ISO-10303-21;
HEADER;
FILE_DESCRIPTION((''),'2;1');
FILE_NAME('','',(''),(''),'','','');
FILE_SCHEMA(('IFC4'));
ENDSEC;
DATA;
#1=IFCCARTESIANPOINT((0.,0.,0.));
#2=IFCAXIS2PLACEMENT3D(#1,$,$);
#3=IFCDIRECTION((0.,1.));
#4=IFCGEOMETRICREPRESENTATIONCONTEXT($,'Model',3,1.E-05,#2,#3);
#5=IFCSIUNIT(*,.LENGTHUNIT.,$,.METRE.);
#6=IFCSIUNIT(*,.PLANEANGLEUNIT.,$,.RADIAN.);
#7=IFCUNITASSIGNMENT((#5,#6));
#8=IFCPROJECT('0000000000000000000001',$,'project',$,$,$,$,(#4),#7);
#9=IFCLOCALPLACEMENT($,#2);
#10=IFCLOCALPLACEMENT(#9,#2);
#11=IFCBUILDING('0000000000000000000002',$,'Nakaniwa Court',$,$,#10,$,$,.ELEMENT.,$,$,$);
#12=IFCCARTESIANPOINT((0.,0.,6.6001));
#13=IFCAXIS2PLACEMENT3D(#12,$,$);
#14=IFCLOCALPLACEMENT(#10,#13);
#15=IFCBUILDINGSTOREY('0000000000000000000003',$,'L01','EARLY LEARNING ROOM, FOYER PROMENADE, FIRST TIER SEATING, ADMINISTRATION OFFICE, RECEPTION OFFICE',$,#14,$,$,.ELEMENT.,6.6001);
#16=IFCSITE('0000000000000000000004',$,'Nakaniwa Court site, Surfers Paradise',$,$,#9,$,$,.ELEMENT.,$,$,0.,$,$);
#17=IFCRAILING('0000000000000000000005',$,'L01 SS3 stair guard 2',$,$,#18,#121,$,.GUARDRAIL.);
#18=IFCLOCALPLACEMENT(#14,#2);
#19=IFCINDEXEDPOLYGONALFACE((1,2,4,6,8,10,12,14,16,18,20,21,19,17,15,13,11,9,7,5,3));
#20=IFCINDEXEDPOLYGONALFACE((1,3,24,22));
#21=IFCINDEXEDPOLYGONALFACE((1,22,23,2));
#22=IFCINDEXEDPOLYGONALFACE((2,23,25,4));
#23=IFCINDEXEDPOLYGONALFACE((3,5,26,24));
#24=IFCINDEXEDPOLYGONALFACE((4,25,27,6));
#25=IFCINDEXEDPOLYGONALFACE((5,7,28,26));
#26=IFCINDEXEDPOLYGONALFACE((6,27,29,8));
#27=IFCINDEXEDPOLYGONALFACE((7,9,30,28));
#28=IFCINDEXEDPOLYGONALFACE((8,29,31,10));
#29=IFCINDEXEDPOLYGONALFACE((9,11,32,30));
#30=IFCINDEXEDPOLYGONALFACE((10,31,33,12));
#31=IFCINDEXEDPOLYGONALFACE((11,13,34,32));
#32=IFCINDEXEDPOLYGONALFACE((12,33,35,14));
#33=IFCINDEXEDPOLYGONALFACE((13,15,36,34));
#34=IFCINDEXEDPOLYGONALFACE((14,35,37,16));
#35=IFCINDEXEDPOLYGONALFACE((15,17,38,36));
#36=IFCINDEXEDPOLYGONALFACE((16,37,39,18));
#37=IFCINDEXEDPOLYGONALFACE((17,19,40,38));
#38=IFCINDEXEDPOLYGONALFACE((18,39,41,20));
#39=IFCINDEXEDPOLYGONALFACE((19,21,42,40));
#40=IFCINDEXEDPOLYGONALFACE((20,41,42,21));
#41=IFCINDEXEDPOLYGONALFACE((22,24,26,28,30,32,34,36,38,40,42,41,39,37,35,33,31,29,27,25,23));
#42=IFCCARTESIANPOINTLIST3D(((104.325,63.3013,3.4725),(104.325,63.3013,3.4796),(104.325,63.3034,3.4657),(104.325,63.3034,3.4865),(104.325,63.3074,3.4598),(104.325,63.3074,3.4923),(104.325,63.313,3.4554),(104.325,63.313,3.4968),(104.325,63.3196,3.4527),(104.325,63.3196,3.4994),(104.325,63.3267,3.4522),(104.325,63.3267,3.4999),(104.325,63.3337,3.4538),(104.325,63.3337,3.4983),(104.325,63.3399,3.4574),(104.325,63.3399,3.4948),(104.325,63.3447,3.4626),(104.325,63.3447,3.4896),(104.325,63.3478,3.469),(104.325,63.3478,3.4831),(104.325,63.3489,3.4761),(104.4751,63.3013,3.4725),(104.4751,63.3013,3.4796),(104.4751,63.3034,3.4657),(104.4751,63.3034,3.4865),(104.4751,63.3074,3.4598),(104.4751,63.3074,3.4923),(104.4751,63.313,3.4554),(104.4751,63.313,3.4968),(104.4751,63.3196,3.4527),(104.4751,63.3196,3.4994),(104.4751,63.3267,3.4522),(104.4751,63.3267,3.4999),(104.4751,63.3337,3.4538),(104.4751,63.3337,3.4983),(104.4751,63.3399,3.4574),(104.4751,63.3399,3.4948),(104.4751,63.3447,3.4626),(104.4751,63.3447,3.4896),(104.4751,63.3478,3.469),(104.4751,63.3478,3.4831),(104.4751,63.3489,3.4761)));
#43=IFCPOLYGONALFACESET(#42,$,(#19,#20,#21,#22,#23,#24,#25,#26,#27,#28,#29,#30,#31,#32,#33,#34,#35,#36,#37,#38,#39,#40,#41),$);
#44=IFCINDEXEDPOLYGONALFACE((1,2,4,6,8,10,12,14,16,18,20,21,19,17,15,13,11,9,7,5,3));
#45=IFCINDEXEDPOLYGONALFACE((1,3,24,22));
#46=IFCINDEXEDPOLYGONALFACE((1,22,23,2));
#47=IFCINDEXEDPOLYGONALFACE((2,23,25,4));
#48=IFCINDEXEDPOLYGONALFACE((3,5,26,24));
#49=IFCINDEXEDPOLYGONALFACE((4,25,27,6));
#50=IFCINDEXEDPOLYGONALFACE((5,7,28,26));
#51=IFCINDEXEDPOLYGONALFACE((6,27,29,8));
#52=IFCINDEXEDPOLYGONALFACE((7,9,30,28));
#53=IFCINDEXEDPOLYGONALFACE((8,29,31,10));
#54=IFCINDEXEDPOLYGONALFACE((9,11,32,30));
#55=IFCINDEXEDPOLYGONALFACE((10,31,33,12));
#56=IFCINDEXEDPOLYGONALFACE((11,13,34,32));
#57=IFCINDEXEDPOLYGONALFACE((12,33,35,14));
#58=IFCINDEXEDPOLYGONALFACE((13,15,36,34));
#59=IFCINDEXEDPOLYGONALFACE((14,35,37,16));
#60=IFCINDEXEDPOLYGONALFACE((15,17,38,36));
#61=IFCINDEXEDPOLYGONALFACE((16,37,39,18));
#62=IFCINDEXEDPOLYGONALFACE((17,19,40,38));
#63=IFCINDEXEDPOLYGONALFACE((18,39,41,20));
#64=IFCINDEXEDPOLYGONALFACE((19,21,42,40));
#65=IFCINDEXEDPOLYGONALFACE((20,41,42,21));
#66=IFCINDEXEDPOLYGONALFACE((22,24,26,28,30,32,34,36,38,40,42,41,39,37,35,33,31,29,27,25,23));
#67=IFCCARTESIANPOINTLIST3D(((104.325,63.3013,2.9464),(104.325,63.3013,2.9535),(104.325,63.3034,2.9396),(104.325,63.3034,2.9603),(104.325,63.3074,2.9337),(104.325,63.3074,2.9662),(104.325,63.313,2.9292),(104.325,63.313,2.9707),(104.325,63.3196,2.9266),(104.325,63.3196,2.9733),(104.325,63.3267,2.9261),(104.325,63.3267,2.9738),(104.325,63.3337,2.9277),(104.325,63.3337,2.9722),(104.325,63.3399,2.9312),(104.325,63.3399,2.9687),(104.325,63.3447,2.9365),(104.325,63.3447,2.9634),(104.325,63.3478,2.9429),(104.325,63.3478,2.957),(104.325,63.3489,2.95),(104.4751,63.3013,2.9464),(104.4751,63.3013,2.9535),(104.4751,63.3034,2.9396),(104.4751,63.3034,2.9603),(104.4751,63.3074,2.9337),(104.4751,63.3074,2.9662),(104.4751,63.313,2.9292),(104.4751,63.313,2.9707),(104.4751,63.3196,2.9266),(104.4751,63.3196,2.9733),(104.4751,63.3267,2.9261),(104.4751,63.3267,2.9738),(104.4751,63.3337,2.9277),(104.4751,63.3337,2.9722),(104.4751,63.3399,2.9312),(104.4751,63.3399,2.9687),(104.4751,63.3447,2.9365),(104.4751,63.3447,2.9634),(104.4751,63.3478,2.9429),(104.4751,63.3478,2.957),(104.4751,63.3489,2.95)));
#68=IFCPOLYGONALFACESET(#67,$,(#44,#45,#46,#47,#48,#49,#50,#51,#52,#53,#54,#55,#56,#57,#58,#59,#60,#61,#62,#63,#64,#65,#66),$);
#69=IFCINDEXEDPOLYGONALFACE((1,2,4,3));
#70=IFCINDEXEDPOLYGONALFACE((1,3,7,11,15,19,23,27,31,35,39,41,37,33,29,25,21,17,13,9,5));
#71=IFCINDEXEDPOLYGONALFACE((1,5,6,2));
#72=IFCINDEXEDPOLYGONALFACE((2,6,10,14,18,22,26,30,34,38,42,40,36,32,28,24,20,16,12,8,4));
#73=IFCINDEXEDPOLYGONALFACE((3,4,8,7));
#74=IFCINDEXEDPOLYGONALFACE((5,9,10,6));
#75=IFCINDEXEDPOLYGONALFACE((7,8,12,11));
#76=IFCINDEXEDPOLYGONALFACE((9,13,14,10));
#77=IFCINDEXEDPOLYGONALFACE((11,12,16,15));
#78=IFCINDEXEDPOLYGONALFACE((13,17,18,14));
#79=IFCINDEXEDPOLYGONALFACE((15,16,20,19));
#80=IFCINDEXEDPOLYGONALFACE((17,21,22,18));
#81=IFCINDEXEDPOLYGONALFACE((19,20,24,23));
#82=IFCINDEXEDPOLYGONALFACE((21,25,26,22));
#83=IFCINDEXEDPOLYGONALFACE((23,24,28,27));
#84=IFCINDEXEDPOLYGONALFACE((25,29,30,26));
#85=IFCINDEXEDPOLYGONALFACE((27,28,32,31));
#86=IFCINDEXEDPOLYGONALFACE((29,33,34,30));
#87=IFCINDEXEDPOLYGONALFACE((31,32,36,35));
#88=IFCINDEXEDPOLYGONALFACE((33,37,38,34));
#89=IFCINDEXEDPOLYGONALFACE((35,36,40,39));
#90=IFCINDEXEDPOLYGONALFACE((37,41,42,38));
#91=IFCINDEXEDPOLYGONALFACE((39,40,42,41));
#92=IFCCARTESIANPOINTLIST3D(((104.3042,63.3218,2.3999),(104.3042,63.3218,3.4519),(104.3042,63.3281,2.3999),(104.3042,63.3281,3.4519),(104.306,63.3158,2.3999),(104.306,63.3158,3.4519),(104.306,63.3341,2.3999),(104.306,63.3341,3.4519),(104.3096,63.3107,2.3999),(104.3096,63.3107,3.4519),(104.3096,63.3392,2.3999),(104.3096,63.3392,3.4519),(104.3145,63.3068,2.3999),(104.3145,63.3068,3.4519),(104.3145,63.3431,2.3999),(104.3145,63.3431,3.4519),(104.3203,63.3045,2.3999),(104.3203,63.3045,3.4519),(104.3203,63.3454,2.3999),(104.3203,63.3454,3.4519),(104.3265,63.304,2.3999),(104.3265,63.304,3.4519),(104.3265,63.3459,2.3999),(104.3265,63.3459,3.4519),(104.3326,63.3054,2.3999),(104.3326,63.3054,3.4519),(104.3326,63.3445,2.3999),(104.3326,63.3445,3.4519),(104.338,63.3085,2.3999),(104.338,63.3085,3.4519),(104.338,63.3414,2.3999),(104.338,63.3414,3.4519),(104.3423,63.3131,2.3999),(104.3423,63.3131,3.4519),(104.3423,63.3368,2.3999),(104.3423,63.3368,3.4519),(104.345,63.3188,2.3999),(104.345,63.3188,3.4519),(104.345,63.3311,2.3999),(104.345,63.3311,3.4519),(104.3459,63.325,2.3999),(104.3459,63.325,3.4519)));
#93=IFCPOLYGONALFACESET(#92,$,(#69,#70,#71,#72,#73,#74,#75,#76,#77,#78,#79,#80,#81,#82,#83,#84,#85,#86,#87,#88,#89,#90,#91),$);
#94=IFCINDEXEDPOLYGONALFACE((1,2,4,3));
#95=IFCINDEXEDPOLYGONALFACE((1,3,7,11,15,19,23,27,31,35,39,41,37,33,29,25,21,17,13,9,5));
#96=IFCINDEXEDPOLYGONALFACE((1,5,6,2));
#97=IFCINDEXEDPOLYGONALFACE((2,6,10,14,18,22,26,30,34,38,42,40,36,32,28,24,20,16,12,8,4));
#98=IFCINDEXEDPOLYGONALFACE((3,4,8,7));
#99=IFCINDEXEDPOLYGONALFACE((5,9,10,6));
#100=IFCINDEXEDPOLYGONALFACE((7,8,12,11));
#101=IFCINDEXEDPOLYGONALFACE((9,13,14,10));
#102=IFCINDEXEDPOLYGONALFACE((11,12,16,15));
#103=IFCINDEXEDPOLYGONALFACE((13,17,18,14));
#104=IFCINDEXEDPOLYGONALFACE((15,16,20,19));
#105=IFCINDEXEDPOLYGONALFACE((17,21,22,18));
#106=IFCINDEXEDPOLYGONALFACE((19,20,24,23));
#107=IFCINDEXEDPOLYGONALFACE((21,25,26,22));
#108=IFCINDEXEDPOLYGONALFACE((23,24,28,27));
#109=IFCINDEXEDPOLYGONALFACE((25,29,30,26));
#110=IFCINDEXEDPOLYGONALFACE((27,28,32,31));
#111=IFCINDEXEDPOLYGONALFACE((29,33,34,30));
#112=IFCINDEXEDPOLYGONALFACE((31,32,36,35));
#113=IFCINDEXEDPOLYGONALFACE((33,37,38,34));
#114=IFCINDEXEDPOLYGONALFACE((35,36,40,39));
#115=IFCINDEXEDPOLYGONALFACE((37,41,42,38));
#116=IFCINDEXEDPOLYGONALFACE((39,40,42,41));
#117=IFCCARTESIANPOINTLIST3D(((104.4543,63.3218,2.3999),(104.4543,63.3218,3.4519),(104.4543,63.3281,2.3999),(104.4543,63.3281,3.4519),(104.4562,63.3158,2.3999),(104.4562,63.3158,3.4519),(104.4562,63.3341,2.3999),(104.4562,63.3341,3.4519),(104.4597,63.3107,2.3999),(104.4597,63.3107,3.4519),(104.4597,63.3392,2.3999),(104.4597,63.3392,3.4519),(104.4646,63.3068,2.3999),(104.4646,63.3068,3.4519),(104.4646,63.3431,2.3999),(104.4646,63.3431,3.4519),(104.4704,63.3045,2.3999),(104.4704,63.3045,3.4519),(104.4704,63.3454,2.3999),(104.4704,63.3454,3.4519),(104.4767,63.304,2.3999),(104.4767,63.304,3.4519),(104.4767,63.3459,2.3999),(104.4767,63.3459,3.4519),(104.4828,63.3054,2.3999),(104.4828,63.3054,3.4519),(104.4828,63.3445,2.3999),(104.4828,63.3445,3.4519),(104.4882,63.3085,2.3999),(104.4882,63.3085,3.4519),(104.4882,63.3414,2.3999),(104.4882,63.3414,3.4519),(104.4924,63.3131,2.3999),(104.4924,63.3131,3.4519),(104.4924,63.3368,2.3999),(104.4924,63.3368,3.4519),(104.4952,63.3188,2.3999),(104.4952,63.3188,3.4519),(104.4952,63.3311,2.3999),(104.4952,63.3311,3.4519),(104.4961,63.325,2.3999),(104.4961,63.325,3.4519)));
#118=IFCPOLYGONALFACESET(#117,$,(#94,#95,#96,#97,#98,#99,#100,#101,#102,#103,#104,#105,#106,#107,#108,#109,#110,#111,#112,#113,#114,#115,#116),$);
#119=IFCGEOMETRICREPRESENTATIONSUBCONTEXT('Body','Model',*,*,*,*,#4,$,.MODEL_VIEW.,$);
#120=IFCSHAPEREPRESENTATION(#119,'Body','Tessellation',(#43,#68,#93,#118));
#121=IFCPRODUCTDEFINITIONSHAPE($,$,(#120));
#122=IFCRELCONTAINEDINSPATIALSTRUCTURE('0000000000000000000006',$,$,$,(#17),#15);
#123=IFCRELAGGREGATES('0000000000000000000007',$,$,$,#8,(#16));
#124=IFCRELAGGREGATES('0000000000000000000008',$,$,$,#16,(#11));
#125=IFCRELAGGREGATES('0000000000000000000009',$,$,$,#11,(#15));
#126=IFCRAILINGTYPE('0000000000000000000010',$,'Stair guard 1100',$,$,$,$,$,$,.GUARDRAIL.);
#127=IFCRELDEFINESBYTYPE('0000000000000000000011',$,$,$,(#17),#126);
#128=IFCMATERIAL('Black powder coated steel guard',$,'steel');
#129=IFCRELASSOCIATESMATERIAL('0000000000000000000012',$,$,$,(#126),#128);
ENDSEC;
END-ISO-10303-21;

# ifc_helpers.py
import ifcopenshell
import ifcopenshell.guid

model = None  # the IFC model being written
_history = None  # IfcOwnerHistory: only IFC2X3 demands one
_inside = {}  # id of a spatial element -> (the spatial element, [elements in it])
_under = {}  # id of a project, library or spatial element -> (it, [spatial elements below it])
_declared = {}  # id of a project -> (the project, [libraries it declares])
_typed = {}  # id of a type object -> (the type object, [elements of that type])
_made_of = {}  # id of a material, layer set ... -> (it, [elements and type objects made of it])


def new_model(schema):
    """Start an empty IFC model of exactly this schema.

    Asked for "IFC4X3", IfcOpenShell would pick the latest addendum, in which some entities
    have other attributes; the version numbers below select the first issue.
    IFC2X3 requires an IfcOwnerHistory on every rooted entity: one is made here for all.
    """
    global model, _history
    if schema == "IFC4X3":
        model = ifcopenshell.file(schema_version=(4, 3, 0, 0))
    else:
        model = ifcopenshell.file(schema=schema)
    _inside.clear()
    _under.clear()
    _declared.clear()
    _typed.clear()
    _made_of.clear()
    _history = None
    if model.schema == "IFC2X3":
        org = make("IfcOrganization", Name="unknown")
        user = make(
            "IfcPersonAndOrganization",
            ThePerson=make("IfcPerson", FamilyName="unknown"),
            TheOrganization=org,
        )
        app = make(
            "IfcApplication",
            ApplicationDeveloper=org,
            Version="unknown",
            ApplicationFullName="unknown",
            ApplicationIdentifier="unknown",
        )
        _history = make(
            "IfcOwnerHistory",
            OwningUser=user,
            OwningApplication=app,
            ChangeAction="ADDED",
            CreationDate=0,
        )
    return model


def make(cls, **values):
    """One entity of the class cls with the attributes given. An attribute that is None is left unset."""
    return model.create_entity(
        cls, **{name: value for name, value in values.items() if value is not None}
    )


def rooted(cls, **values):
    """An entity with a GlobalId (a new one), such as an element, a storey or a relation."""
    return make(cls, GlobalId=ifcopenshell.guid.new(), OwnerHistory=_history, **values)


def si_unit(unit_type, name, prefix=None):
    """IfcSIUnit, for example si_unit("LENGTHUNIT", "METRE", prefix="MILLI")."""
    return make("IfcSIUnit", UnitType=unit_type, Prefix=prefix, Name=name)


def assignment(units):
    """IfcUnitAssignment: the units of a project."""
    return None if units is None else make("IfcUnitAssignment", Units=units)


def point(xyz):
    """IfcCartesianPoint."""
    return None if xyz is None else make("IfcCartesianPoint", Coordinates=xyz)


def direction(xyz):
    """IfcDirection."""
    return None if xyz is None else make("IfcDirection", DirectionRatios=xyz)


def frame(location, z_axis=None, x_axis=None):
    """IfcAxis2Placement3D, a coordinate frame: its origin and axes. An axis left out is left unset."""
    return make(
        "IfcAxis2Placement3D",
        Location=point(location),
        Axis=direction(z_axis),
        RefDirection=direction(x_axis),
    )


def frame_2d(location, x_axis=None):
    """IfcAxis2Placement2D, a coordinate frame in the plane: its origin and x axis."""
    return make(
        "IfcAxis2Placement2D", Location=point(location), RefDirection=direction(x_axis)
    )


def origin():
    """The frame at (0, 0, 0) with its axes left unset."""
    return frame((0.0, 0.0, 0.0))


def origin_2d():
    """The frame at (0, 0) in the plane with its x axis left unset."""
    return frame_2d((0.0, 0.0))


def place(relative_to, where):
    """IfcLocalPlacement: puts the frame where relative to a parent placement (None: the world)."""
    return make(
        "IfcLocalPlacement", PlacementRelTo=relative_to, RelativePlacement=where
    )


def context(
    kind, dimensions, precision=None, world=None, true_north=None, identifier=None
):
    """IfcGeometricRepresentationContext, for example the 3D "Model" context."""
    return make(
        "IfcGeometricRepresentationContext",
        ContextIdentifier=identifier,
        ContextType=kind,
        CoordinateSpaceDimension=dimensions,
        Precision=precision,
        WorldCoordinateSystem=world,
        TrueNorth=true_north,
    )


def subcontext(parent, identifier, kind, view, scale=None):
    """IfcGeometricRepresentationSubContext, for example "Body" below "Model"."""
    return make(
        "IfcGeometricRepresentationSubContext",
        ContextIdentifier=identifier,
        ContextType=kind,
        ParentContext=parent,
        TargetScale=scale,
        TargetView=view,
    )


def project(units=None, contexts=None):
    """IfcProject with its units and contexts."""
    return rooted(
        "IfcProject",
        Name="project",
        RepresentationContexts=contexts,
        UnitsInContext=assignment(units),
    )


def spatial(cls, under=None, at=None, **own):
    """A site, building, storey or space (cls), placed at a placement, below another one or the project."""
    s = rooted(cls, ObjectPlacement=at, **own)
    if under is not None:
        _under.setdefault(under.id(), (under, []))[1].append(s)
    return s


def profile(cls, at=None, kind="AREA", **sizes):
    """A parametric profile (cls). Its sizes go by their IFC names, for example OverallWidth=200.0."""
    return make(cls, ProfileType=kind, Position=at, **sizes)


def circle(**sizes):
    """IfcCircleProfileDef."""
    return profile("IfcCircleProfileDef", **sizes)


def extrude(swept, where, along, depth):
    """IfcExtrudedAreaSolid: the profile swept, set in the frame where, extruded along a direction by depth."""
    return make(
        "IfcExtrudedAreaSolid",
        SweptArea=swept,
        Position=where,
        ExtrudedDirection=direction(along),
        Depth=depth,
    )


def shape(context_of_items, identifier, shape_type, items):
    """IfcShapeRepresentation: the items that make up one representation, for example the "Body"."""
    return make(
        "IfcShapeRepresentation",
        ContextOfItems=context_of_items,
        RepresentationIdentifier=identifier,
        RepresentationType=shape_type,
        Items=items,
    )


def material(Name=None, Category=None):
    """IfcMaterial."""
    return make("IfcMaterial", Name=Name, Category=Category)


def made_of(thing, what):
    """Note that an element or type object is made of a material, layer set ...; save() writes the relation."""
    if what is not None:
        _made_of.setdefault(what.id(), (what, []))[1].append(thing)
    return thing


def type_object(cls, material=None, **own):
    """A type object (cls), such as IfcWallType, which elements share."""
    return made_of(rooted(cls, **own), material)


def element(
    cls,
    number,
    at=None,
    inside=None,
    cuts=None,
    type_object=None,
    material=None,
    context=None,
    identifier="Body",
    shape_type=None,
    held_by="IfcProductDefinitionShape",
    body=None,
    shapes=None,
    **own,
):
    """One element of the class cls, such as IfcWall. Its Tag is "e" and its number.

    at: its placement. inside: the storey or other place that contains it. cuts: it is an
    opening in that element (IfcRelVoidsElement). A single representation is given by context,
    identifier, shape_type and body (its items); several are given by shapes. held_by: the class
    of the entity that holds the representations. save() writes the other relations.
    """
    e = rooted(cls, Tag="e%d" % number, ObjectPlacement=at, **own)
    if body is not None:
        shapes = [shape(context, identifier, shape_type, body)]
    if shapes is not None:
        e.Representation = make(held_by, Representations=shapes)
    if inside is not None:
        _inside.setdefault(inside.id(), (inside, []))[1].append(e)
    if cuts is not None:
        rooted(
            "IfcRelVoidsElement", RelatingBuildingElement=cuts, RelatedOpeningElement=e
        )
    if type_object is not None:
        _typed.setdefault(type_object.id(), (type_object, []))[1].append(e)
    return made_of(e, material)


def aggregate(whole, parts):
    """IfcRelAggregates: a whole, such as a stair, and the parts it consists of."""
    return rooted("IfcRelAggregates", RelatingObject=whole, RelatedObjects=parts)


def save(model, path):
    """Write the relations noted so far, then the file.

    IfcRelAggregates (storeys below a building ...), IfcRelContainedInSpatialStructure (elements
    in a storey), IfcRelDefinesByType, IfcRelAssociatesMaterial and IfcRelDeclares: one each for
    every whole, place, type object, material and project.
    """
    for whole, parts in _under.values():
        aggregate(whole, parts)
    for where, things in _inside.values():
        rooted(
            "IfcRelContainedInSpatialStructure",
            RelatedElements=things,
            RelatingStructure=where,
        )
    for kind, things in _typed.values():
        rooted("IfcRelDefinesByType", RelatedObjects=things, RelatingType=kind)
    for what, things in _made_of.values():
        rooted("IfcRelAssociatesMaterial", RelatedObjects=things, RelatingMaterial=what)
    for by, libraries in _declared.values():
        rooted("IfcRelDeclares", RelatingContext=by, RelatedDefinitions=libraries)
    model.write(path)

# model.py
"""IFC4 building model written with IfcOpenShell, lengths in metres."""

from ifc_helpers import new_model, si_unit, direction, frame, origin, origin_2d, place, context, subcontext, project, spatial, circle, extrude, material, type_object, element, save


model = new_model("IFC4")

# Units and contexts
model_context = context("Model", 3, precision=1e-05, world=origin(), true_north=direction((0.0, 1.0)))
body_context = subcontext(model_context, "Body", "Model", "MODEL_VIEW")
ifc_project = project(units=[si_unit("LENGTHUNIT", "METRE"), si_unit("PLANEANGLEUNIT", "RADIAN")], contexts=[model_context])

# Site, building, storey
site_placement = place(None, origin())
site = spatial("IfcSite", under=ifc_project, at=site_placement, Name="Nakaniwa Court site, Surfers Paradise", CompositionType="ELEMENT", RefElevation=0.0)
building_placement = place(site_placement, origin())
building = spatial("IfcBuilding", under=site, at=building_placement, Name="Nakaniwa Court", CompositionType="ELEMENT")
storey_placement = place(building_placement, frame((0.0, 0.0, 6.6001)))
storey = spatial("IfcBuildingStorey", under=building, at=storey_placement, Name="L01", Description="EARLY LEARNING ROOM, FOYER PROMENADE, FIRST TIER SEATING, ADMINISTRATION OFFICE, RECEPTION OFFICE", CompositionType="ELEMENT", Elevation=6.6001)

# Railing
ifc_material_1 = material(Name="Black powder coated steel guard", Category="steel")
railing_type = type_object("IfcRailingType", Name="Stair guard 1100", PredefinedType="GUARDRAIL", material=ifc_material_1)
railing_placement = place(storey_placement, frame((104.325, 63.325, 2.3999)))
element("IfcRailing", 1, at=railing_placement, inside=storey, type_object=railing_type, Name="L01 SS3 stair guard 2", PredefinedType="GUARDRAIL", context=body_context, shape_type="SweptSolid", body=[
    extrude(circle(Radius=0.0239, at=origin_2d()), frame((0.0, 0.0, 1.0762), z_axis=(1.0, 0.0, 0.0), x_axis=(0.0, 1.0, 0.0)), (0.0, 0.0, 1.0), 0.1501),
    extrude(circle(Radius=0.0239, at=origin_2d()), frame((0.0, 0.0, 0.55), z_axis=(1.0, 0.0, 0.0), x_axis=(0.0, 1.0, 0.0)), (0.0, 0.0, 1.0), 0.1501),
    extrude(circle(Radius=0.021, at=origin_2d()), origin(), (0.0, 0.0, 1.0), 1.052),
    extrude(circle(Radius=0.021, at=origin_2d()), frame((0.1501, 0.0, 0.0)), (0.0, 0.0, 1.0), 1.052),
])

save(model, "model.ifc")
